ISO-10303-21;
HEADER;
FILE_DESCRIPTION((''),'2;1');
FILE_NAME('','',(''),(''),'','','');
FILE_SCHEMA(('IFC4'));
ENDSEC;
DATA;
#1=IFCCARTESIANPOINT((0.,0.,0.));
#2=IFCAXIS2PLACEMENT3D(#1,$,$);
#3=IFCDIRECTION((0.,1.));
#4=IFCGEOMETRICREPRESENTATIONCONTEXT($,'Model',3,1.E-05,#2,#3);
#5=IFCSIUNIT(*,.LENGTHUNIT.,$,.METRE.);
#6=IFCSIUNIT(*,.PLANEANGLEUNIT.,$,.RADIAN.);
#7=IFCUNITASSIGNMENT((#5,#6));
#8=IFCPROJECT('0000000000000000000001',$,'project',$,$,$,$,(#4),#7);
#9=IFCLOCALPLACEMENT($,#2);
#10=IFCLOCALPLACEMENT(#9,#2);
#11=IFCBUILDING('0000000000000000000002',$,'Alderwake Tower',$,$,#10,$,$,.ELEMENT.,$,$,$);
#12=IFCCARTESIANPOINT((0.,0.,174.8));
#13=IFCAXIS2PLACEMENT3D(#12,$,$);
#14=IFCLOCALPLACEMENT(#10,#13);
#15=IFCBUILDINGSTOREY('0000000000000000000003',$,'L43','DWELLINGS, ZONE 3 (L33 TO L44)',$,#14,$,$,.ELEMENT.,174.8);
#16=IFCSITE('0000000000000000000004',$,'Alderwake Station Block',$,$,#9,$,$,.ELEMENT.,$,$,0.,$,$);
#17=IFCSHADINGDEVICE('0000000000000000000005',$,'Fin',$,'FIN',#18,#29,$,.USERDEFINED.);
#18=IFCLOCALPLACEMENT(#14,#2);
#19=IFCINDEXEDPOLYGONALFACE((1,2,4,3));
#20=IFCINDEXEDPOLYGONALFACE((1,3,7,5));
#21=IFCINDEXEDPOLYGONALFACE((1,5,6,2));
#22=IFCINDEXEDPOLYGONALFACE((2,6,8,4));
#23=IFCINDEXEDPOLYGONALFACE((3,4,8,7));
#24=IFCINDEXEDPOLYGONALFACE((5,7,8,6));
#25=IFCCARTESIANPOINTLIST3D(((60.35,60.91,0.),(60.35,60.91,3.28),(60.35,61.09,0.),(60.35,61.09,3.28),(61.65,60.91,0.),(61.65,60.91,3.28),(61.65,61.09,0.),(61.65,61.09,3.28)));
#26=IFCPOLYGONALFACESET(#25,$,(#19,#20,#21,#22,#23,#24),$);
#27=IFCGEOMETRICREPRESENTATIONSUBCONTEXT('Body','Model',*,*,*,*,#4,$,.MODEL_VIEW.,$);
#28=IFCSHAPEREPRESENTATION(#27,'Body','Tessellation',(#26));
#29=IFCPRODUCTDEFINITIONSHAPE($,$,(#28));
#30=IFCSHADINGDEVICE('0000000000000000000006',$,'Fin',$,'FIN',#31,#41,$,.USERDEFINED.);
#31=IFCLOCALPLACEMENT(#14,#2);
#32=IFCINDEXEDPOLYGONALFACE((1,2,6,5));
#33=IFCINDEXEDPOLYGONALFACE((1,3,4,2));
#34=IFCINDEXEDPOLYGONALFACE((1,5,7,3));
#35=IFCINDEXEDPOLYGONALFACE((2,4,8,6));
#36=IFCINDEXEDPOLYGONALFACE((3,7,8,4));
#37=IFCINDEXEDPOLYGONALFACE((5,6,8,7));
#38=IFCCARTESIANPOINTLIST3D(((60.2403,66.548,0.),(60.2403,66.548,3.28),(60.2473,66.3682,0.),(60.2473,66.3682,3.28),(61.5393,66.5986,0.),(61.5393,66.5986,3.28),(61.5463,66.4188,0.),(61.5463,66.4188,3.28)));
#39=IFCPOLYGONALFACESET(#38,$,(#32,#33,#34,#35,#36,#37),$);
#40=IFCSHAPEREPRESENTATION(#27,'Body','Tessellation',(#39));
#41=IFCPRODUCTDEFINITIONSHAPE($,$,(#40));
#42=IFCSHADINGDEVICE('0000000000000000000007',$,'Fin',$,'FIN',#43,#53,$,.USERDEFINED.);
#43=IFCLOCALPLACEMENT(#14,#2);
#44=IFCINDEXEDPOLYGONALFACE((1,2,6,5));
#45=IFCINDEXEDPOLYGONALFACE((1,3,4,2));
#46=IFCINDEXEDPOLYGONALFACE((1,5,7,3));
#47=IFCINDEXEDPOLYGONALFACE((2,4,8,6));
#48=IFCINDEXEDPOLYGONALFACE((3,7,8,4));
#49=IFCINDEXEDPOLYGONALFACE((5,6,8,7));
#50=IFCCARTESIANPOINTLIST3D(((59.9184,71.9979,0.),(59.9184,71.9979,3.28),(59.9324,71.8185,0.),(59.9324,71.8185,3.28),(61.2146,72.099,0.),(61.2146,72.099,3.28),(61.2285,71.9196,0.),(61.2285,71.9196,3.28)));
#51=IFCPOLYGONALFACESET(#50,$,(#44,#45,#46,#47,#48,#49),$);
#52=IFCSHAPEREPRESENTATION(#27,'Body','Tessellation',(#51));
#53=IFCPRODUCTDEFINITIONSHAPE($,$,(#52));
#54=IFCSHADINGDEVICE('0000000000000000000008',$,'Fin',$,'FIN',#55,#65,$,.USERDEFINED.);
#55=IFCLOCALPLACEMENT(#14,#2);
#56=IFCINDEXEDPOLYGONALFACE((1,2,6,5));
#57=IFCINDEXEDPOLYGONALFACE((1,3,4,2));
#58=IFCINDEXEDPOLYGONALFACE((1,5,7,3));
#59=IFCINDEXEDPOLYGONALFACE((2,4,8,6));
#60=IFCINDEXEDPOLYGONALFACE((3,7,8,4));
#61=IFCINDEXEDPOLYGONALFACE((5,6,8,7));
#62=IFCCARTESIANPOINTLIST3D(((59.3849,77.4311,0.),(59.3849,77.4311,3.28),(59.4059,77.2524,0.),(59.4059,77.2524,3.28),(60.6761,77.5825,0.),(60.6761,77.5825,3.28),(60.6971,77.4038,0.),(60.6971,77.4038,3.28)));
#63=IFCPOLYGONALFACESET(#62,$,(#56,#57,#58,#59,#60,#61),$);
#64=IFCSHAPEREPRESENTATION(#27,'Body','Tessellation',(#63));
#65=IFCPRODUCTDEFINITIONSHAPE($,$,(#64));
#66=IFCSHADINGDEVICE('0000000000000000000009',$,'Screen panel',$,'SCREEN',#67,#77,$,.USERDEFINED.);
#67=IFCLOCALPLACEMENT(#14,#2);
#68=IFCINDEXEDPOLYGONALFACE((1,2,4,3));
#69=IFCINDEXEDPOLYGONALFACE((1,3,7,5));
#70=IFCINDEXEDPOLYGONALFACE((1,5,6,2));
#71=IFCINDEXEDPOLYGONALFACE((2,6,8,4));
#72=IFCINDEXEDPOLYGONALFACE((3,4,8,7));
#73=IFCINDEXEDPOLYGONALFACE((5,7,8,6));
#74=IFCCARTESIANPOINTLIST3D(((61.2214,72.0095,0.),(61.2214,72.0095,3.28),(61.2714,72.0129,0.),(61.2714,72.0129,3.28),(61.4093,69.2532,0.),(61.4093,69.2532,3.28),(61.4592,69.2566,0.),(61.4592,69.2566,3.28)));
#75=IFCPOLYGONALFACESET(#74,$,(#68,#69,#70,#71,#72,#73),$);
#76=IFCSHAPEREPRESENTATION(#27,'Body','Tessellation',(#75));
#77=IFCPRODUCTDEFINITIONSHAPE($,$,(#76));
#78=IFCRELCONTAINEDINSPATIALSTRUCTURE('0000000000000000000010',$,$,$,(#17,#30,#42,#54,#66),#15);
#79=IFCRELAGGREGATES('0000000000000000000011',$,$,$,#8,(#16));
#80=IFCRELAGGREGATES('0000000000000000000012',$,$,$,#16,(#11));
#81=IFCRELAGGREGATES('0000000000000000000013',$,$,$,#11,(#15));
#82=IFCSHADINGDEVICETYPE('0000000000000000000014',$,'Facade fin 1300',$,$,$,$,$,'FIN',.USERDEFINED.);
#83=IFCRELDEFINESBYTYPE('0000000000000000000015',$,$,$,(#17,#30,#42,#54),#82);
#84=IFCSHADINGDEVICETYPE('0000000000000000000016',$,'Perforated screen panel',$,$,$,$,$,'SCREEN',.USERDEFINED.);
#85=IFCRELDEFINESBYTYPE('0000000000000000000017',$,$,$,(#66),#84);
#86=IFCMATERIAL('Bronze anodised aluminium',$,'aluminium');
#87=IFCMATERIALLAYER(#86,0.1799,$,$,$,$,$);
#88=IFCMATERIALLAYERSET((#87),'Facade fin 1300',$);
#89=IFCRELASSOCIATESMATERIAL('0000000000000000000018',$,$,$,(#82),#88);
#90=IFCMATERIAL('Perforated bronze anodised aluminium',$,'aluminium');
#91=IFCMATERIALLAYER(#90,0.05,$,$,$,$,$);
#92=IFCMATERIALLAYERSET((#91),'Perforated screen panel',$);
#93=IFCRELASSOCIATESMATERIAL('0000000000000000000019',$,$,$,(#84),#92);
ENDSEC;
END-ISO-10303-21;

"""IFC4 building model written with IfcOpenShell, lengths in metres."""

from ifc_helpers import new_model, si_unit, direction, frame, origin, origin_2d, place, context, subcontext, project, spatial, rectangle, extrude, material, layer, layer_set, type_object, element, save


model = new_model("IFC4")

# Units and contexts
model_context = context("Model", 3, precision=1e-05, world=origin(), true_north=direction((0.0, 1.0)))
body_context = subcontext(model_context, "Body", "Model", "MODEL_VIEW")
ifc_project = project(units=[si_unit("LENGTHUNIT", "METRE"), si_unit("PLANEANGLEUNIT", "RADIAN")], contexts=[model_context])

# Site, building, storey
site_placement = place(None, origin())
site = spatial("IfcSite", under=ifc_project, at=site_placement, Name="Alderwake Station Block", CompositionType="ELEMENT", RefElevation=0.0)
building_placement = place(site_placement, origin())
building = spatial("IfcBuilding", under=site, at=building_placement, Name="Alderwake Tower", CompositionType="ELEMENT")
storey_placement = place(building_placement, frame((0.0, 0.0, 174.8)))
storey = spatial("IfcBuildingStorey", under=building, at=storey_placement, Name="L43", Description="DWELLINGS, ZONE 3 (L33 TO L44)", CompositionType="ELEMENT", Elevation=174.8)

# Shading devices
ifc_material_1 = material(Name="Bronze anodised aluminium", Category="aluminium")
ifc_layer_1 = layer(ifc_material_1, 0.1799)
ifc_layer_set_1 = layer_set([ifc_layer_1], Name="Facade fin 1300")
shading_device_type_1 = type_object("IfcShadingDeviceType", Name="Facade fin 1300", ElementType="FIN", PredefinedType="USERDEFINED", material=ifc_layer_set_1)
for number, where, z_axis, x_axis, name in (
    (1, (61.0, 61.0, 0.0), (0.0, 0.0, 1.0), (1.0, 0.0, 0.0), "Fin"),
    (2, (60.8933, 66.4834, 0.0), (0.0, 0.0, 1.0), (0.999243, 0.03889, 0.0), "Fin"),
    (3, (60.5735, 71.9587, 0.0), (0.0, 0.0, 1.0), (0.996975, 0.077721, 0.0), "Fin"),
    (4, (60.041, 77.4175, 0.0), (0.0, 0.0, 1.0), (0.993198, 0.116435, 0.0), "Fin"),
):
    element("IfcShadingDevice", number, at=place(storey_placement, frame(where, z_axis=z_axis, x_axis=x_axis)), inside=storey, type_object=shading_device_type_1, Name=name, ObjectType="FIN", PredefinedType="USERDEFINED", context=body_context, shape_type="SweptSolid", body=[
        extrude(rectangle(XDim=1.3, YDim=0.1799, at=origin_2d()), origin(), (0.0, 0.0, 1.0), 3.28),
    ])
ifc_material_2 = material(Name="Perforated bronze anodised aluminium", Category="aluminium")
ifc_layer_2 = layer(ifc_material_2, 0.05)
ifc_layer_set_2 = layer_set([ifc_layer_2], Name="Perforated screen panel")
shading_device_type_2 = type_object("IfcShadingDeviceType", Name="Perforated screen panel", ElementType="SCREEN", PredefinedType="USERDEFINED", material=ifc_layer_set_2)
shading_device_placement = place(storey_placement, frame((61.3403, 70.6331, 0.0), z_axis=(0.0, 0.0, 1.0), x_axis=(0.997685, 0.067998, 0.0)))
element("IfcShadingDevice", 5, at=shading_device_placement, inside=storey, type_object=shading_device_type_2, Name="Screen panel", ObjectType="SCREEN", PredefinedType="USERDEFINED", context=body_context, shape_type="SweptSolid", body=[
    extrude(rectangle(XDim=0.05, YDim=2.7627, at=origin_2d()), origin(), (0.0, 0.0, 1.0), 3.28),
])

save(model, "model.ifc")
